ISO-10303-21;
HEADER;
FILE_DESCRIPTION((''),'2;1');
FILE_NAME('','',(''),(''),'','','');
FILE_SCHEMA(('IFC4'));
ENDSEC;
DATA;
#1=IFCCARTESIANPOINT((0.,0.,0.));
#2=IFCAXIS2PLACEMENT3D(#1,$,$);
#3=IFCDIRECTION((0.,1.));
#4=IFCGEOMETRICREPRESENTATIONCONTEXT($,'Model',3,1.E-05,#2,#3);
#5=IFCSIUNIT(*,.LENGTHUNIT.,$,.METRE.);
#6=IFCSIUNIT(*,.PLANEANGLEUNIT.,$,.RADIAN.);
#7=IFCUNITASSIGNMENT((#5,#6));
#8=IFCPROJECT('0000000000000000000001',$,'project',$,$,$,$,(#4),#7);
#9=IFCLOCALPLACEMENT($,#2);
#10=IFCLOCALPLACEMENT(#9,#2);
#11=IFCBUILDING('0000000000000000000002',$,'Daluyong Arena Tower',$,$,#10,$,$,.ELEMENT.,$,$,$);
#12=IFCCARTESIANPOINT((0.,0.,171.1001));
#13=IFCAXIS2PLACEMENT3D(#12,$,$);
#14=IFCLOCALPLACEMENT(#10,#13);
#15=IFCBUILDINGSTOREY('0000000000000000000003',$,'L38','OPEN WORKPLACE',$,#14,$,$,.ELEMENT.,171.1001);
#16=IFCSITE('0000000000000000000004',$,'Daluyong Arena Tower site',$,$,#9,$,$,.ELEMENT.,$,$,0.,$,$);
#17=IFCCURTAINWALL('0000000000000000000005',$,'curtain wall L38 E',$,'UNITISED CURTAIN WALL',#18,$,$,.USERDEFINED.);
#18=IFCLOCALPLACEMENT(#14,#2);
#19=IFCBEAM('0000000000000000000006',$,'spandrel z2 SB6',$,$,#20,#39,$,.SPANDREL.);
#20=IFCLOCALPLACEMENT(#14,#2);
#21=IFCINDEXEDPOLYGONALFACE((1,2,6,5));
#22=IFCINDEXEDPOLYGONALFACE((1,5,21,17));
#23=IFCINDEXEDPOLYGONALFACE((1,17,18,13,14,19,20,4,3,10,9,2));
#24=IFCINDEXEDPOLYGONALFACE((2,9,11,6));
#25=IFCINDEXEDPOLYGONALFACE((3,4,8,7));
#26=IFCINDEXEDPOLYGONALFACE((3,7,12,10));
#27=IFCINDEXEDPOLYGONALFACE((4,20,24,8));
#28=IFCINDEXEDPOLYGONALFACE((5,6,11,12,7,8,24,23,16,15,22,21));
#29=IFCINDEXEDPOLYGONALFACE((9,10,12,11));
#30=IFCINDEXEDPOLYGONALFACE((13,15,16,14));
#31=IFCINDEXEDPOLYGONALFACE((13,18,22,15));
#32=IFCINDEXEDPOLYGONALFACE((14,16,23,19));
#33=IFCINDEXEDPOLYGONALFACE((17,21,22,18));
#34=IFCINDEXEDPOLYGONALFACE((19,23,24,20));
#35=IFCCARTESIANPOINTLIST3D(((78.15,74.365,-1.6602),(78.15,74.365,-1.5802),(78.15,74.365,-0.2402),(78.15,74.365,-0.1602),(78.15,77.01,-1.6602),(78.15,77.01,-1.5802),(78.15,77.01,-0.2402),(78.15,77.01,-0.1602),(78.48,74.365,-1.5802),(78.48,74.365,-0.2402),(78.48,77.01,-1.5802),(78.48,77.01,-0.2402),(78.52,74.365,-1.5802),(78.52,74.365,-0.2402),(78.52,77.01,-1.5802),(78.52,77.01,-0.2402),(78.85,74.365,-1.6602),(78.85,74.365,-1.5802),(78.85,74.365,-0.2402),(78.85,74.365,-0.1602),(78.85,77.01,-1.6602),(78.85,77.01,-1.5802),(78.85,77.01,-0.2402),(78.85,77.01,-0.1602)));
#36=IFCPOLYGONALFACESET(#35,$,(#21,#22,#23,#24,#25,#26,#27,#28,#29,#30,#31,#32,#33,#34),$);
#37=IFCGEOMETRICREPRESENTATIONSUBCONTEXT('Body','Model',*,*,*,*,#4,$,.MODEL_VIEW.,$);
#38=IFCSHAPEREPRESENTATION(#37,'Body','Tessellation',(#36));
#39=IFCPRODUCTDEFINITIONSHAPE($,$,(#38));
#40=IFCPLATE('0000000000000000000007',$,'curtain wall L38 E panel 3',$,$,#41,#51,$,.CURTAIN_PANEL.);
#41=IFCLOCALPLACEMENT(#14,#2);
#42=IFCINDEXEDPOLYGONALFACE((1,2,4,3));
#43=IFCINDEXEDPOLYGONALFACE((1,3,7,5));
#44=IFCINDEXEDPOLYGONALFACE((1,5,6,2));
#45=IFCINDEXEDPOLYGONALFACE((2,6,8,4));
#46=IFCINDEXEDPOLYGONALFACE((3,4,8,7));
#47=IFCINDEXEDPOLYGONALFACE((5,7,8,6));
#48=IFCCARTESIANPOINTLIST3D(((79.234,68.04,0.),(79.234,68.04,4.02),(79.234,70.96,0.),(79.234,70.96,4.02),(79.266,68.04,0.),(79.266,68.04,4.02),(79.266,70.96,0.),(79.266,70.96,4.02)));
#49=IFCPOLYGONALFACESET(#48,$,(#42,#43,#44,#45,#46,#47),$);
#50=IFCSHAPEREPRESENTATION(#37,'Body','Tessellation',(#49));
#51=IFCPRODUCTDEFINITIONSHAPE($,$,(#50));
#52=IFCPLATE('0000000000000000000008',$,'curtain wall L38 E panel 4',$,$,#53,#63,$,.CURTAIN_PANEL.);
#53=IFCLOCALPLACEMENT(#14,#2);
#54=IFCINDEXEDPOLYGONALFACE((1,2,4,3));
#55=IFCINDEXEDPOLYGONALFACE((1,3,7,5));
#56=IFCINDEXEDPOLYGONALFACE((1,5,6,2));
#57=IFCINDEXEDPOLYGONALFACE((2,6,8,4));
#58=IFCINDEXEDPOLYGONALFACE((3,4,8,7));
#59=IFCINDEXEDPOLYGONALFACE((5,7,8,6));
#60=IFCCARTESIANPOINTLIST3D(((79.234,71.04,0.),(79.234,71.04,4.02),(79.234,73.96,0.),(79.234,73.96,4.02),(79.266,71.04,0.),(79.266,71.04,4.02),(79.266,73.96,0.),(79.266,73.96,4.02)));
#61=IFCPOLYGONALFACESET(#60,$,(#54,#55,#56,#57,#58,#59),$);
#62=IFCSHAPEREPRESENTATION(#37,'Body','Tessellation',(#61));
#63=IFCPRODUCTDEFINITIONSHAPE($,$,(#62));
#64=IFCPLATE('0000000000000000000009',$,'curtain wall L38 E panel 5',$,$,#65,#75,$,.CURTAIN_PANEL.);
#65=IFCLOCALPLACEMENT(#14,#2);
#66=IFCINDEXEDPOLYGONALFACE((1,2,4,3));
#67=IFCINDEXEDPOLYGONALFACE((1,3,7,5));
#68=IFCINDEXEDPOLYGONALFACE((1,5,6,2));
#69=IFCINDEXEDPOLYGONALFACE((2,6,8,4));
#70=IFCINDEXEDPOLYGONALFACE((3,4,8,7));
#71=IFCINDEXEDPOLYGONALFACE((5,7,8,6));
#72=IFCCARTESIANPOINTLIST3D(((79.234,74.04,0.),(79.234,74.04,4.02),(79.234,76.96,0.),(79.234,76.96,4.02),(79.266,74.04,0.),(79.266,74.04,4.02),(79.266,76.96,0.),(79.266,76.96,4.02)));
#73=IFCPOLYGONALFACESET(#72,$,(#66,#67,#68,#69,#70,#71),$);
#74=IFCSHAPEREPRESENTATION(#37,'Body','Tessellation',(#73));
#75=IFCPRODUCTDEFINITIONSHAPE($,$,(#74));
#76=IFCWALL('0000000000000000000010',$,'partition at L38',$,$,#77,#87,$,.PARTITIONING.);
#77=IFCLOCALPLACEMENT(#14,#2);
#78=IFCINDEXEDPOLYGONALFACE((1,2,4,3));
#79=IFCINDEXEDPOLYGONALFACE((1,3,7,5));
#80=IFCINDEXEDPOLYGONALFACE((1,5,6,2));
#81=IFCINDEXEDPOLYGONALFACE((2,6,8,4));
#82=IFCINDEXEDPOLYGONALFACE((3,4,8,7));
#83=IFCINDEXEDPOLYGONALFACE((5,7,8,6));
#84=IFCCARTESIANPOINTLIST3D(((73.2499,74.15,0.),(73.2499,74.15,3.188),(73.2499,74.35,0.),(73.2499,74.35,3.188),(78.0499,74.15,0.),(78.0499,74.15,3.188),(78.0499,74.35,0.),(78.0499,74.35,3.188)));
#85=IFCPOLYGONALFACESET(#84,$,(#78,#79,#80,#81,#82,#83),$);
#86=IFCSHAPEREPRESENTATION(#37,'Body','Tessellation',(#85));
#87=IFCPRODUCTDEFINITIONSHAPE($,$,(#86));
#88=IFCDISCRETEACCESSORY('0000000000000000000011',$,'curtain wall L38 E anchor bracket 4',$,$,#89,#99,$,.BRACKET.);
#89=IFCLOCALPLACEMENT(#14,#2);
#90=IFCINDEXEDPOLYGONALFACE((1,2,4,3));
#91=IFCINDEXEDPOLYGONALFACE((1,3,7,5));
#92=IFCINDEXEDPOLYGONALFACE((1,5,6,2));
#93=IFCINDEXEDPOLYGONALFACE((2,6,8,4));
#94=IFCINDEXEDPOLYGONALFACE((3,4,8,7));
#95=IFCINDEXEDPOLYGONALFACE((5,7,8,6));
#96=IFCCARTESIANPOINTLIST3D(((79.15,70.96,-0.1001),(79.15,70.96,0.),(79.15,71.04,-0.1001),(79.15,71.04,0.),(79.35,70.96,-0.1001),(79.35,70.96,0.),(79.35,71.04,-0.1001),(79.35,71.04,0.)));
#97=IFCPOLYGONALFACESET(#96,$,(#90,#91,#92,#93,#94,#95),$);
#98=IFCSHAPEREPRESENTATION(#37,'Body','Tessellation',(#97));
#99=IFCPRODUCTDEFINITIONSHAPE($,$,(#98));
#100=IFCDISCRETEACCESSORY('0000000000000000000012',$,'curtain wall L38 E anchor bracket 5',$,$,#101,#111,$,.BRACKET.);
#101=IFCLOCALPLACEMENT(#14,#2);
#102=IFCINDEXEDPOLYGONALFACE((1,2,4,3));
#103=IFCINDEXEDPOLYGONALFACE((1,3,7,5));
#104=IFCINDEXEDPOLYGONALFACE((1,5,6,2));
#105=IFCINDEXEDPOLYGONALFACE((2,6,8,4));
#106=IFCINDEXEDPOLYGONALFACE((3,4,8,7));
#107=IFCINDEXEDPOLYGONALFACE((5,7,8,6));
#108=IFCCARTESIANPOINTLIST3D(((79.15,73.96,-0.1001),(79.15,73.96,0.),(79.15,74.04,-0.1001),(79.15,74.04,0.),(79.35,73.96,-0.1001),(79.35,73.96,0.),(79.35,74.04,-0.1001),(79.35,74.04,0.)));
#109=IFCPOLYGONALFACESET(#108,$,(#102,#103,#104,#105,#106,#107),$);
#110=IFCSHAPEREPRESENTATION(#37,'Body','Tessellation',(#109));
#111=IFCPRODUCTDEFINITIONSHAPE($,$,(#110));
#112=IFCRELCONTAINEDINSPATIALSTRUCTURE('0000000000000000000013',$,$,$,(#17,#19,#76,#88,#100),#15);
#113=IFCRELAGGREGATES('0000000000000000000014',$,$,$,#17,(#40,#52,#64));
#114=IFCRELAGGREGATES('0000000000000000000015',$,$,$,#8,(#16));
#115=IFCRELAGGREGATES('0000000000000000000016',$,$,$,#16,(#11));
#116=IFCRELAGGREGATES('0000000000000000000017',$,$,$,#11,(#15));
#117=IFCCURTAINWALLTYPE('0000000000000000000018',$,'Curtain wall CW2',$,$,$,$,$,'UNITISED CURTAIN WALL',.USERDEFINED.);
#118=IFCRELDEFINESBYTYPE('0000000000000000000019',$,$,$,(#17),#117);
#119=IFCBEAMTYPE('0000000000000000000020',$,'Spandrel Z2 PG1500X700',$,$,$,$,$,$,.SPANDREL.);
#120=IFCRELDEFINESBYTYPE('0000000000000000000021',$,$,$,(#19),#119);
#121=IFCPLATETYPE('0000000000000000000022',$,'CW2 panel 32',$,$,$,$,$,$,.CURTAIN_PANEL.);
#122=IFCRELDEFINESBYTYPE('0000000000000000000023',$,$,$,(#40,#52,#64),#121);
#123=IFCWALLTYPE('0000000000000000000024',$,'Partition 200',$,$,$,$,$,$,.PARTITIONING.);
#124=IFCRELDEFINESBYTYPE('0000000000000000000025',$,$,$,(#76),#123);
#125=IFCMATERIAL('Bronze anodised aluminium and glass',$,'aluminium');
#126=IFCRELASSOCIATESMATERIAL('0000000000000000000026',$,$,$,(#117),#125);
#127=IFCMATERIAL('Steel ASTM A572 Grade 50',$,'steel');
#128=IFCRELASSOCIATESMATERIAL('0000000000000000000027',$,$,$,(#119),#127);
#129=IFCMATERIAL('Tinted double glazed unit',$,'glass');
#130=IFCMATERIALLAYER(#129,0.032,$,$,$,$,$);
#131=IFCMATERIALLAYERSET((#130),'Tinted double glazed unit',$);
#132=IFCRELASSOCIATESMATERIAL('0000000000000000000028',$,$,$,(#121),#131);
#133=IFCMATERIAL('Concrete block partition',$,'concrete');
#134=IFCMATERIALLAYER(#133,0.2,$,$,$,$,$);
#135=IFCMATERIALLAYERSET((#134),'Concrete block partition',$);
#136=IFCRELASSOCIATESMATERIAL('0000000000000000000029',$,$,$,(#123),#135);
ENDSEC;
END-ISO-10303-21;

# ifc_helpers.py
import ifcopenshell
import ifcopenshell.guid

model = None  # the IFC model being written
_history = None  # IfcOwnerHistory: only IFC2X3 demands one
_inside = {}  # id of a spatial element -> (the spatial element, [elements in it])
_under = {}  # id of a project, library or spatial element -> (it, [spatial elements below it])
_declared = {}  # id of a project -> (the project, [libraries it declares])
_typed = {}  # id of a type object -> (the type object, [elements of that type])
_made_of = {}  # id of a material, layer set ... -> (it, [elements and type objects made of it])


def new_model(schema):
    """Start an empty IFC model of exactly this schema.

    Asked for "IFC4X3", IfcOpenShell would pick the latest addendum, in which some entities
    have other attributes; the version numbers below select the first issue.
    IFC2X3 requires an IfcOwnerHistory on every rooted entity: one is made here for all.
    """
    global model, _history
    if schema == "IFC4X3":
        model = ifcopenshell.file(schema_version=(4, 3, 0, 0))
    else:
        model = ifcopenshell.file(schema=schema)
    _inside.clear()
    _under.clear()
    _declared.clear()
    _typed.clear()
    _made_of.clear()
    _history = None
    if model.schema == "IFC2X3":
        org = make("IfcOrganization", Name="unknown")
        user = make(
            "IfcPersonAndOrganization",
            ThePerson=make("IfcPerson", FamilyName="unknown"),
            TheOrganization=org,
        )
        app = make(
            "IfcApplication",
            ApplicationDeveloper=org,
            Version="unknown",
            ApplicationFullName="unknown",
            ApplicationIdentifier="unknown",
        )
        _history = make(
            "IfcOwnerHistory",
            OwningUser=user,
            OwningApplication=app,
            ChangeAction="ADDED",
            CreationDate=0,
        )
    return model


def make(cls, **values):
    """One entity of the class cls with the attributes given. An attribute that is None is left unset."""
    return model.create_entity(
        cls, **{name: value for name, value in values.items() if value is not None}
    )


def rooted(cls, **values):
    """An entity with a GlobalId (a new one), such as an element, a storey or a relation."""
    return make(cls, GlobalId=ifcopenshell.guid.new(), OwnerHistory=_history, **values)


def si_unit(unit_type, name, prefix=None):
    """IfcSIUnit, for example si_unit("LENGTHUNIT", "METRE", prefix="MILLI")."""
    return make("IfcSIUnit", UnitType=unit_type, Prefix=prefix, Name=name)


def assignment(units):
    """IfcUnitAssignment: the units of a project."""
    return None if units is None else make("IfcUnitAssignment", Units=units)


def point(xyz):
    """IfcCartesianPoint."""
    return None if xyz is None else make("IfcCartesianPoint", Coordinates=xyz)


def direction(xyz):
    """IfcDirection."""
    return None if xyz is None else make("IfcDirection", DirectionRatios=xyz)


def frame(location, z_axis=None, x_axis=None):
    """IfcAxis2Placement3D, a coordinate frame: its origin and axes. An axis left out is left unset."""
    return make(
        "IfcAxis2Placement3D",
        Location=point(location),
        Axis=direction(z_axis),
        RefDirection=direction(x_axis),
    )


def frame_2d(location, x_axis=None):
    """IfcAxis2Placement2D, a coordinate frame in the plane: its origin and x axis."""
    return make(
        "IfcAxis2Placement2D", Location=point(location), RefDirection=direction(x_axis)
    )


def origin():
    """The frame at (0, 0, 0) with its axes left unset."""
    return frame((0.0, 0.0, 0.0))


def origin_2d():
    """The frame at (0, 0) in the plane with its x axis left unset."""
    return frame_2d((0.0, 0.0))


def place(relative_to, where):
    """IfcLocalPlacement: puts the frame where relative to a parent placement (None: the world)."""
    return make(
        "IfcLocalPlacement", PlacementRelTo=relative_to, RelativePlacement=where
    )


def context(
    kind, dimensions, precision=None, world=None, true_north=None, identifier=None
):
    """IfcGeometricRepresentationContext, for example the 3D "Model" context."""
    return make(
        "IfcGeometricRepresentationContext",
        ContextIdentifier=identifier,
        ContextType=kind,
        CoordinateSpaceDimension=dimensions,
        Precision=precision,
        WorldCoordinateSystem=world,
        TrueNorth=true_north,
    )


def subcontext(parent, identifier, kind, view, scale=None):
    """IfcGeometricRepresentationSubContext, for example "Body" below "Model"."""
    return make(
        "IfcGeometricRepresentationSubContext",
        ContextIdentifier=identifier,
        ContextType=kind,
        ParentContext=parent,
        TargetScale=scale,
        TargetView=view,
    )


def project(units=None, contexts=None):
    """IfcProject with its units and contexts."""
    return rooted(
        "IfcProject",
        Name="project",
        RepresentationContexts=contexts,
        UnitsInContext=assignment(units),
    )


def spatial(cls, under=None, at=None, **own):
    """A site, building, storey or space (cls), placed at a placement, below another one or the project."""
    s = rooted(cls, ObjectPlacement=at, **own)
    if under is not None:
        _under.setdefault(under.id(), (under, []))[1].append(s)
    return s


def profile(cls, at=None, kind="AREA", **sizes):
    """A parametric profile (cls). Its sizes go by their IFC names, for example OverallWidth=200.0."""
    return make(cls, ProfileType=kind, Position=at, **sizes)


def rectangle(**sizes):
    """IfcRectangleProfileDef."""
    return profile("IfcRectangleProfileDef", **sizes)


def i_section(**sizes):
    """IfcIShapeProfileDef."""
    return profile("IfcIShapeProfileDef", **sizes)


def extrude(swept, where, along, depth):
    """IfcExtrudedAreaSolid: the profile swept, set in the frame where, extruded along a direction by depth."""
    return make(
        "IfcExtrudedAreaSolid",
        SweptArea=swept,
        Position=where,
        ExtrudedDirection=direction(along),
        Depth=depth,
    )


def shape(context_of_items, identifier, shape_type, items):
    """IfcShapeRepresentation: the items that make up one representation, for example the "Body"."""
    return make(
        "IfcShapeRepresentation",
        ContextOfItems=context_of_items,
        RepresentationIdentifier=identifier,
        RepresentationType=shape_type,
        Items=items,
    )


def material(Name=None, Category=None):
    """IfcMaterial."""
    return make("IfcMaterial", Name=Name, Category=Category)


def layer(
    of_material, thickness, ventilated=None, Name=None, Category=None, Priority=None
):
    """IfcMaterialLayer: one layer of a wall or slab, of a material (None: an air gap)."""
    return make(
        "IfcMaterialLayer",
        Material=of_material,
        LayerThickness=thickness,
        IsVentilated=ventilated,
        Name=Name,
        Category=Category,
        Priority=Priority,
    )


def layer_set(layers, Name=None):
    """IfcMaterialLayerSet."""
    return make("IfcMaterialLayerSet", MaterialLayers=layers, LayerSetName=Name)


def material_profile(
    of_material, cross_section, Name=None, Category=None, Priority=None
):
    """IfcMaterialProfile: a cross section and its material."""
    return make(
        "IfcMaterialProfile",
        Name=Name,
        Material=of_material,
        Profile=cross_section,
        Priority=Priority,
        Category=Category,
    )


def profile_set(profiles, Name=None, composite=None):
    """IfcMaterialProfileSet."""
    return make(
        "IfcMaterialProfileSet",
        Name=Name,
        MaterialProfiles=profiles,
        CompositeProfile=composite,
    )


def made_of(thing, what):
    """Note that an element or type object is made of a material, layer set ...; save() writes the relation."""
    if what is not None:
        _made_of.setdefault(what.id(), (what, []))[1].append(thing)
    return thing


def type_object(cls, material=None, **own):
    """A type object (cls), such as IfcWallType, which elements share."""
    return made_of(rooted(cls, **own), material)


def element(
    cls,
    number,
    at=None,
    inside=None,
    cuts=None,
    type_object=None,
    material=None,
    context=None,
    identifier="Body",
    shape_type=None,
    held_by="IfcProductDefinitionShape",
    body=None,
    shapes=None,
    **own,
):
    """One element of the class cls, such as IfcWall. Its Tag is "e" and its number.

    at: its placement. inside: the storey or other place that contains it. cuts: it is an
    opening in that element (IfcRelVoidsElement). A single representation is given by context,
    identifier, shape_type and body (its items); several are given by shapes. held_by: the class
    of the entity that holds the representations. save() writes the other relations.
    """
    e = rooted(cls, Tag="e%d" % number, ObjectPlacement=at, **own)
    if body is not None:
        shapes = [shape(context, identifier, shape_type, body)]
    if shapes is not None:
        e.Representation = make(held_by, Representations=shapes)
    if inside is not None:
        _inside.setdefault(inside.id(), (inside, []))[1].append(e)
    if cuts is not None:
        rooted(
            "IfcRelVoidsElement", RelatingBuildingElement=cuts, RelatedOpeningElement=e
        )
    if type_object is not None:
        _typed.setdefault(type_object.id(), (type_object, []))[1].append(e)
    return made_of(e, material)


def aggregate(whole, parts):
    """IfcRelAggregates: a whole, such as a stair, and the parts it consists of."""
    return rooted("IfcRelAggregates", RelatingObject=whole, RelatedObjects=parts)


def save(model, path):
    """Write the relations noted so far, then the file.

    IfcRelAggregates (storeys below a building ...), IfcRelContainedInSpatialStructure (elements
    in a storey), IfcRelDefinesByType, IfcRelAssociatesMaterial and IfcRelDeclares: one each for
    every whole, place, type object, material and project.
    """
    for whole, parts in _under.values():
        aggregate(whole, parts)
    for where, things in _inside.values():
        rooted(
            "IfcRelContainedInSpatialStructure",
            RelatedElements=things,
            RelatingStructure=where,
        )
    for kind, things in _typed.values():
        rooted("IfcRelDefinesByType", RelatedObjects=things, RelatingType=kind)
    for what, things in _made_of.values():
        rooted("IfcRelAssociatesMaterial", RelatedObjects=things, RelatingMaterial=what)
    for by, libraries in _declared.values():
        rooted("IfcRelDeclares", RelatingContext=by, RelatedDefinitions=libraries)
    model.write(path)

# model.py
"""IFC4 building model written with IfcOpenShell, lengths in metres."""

from ifc_helpers import new_model, si_unit, direction, frame, frame_2d, origin, origin_2d, place, context, subcontext, project, spatial, rectangle, i_section, extrude, material, layer, layer_set, material_profile, profile_set, type_object, element, aggregate, save


model = new_model("IFC4")

# Units and contexts
model_context = context("Model", 3, precision=1e-05, world=origin(), true_north=direction((0.0, 1.0)))
body_context = subcontext(model_context, "Body", "Model", "MODEL_VIEW")
ifc_project = project(units=[si_unit("LENGTHUNIT", "METRE"), si_unit("PLANEANGLEUNIT", "RADIAN")], contexts=[model_context])

# Site, building, storey
site_placement = place(None, origin())
site = spatial("IfcSite", under=ifc_project, at=site_placement, Name="Daluyong Arena Tower site", CompositionType="ELEMENT", RefElevation=0.0)
building_placement = place(site_placement, origin())
building = spatial("IfcBuilding", under=site, at=building_placement, Name="Daluyong Arena Tower", CompositionType="ELEMENT")
storey_placement = place(building_placement, frame((0.0, 0.0, 171.1001)))
storey = spatial("IfcBuildingStorey", under=building, at=storey_placement, Name="L38", Description="OPEN WORKPLACE", CompositionType="ELEMENT", Elevation=171.1001)

# Curtain wall
ifc_material_1 = material(Name="Bronze anodised aluminium and glass", Category="aluminium")
curtain_wall_type = type_object("IfcCurtainWallType", Name="Curtain wall CW2", ElementType="UNITISED CURTAIN WALL", PredefinedType="USERDEFINED", material=ifc_material_1)
curtain_wall_placement = place(storey_placement, origin())
curtain_wall = element("IfcCurtainWall", 1, at=curtain_wall_placement, inside=storey, type_object=curtain_wall_type, Name="curtain wall L38 E", ObjectType="UNITISED CURTAIN WALL", PredefinedType="USERDEFINED")

# Beam
ifc_material_2 = material(Name="Steel ASTM A572 Grade 50", Category="steel")
ifc_material_profile_1 = material_profile(ifc_material_2, i_section(OverallWidth=0.7, OverallDepth=1.5, WebThickness=0.04, FlangeThickness=0.08, at=origin_2d()))
ifc_profile_set_1 = profile_set([ifc_material_profile_1], Name="Steel ASTM A572 Grade 50")
beam_type_1 = type_object("IfcBeamType", Name="Spandrel Z2 PG1500X700", PredefinedType="SPANDREL", material=ifc_profile_set_1)
for number, where, z_axis, x_axis, name in (
    (2, (78.5, 74.365, -0.9102), (0.0, 1.0, 0.0), (-1.0, 0.0, 0.0), "spandrel z2 SB6"),
):
    element("IfcBeam", number, at=place(storey_placement, frame(where, z_axis=z_axis, x_axis=x_axis)), inside=storey, type_object=beam_type_1, Name=name, PredefinedType="SPANDREL", context=body_context, shape_type="SweptSolid", body=[
        extrude(i_section(OverallWidth=0.7, OverallDepth=1.5, WebThickness=0.04, FlangeThickness=0.08, at=origin_2d()), origin(), (0.0, 0.0, 1.0), 2.645),
    ])

# Plates
ifc_material_3 = material(Name="Tinted double glazed unit", Category="glass")
ifc_layer_1 = layer(ifc_material_3, 0.032)
ifc_layer_set_1 = layer_set([ifc_layer_1], Name="Tinted double glazed unit")
plate_type = type_object("IfcPlateType", Name="CW2 panel 32", PredefinedType="CURTAIN_PANEL", material=ifc_layer_set_1)
plate_1_placement = place(storey_placement, frame((79.25, 69.5, 0.0), z_axis=(0.0, 0.0, 1.0), x_axis=(0.0, 1.0, 0.0)))
plate_1 = element("IfcPlate", 3, at=plate_1_placement, type_object=plate_type, Name="curtain wall L38 E panel 3", PredefinedType="CURTAIN_PANEL", context=body_context, shape_type="SweptSolid", body=[
    extrude(rectangle(XDim=2.9199, YDim=0.032, at=origin_2d()), origin(), (0.0, 0.0, 1.0), 4.02),
])
plate_2_placement = place(storey_placement, frame((79.25, 72.5, 0.0), z_axis=(0.0, 0.0, 1.0), x_axis=(0.0, 1.0, 0.0)))
plate_2 = element("IfcPlate", 4, at=plate_2_placement, type_object=plate_type, Name="curtain wall L38 E panel 4", PredefinedType="CURTAIN_PANEL", context=body_context, shape_type="SweptSolid", body=[
    extrude(rectangle(XDim=2.9199, YDim=0.032, at=origin_2d()), origin(), (0.0, 0.0, 1.0), 4.02),
])
plate_3_placement = place(storey_placement, frame((79.25, 75.5, 0.0), z_axis=(0.0, 0.0, 1.0), x_axis=(0.0, 1.0, 0.0)))
plate_3 = element("IfcPlate", 5, at=plate_3_placement, type_object=plate_type, Name="curtain wall L38 E panel 5", PredefinedType="CURTAIN_PANEL", context=body_context, shape_type="SweptSolid", body=[
    extrude(rectangle(XDim=2.9199, YDim=0.032, at=origin_2d()), origin(), (0.0, 0.0, 1.0), 4.02),
])
aggregate(curtain_wall, [plate_1, plate_2, plate_3])

# Wall
ifc_material_4 = material(Name="Concrete block partition", Category="concrete")
ifc_layer_2 = layer(ifc_material_4, 0.2)
ifc_layer_set_2 = layer_set([ifc_layer_2], Name="Concrete block partition")
wall_type_1 = type_object("IfcWallType", Name="Partition 200", PredefinedType="PARTITIONING", material=ifc_layer_set_2)
wall_1_placement = place(storey_placement, frame((73.25, 74.25, 0.0), z_axis=(0.0, 0.0, 1.0), x_axis=(1.0, 0.0, 0.0)))
element("IfcWall", 6, at=wall_1_placement, inside=storey, type_object=wall_type_1, Name="partition at L38", PredefinedType="PARTITIONING", context=body_context, shape_type="SweptSolid", body=[
    extrude(rectangle(XDim=4.8, YDim=0.2, at=frame_2d((2.3999, 0.0))), origin(), (0.0, 0.0, 1.0), 3.188),
])

# Discrete accessories
for number, where, z_axis, x_axis, name in (
    (7, (79.25, 71.0, -0.1001), (0.0, 0.0, 1.0), (0.0, 1.0, 0.0), "curtain wall L38 E anchor bracket 4"),
    (8, (79.25, 74.0, -0.1001), (0.0, 0.0, 1.0), (0.0, 1.0, 0.0), "curtain wall L38 E anchor bracket 5"),
):
    element("IfcDiscreteAccessory", number, at=place(storey_placement, frame(where, z_axis=z_axis, x_axis=x_axis)), inside=storey, Name=name, PredefinedType="BRACKET", context=body_context, shape_type="SweptSolid", body=[
        extrude(rectangle(XDim=0.0801, YDim=0.2, at=origin_2d()), origin(), (0.0, 0.0, 1.0), 0.1001),
    ])

save(model, "model.ifc")
